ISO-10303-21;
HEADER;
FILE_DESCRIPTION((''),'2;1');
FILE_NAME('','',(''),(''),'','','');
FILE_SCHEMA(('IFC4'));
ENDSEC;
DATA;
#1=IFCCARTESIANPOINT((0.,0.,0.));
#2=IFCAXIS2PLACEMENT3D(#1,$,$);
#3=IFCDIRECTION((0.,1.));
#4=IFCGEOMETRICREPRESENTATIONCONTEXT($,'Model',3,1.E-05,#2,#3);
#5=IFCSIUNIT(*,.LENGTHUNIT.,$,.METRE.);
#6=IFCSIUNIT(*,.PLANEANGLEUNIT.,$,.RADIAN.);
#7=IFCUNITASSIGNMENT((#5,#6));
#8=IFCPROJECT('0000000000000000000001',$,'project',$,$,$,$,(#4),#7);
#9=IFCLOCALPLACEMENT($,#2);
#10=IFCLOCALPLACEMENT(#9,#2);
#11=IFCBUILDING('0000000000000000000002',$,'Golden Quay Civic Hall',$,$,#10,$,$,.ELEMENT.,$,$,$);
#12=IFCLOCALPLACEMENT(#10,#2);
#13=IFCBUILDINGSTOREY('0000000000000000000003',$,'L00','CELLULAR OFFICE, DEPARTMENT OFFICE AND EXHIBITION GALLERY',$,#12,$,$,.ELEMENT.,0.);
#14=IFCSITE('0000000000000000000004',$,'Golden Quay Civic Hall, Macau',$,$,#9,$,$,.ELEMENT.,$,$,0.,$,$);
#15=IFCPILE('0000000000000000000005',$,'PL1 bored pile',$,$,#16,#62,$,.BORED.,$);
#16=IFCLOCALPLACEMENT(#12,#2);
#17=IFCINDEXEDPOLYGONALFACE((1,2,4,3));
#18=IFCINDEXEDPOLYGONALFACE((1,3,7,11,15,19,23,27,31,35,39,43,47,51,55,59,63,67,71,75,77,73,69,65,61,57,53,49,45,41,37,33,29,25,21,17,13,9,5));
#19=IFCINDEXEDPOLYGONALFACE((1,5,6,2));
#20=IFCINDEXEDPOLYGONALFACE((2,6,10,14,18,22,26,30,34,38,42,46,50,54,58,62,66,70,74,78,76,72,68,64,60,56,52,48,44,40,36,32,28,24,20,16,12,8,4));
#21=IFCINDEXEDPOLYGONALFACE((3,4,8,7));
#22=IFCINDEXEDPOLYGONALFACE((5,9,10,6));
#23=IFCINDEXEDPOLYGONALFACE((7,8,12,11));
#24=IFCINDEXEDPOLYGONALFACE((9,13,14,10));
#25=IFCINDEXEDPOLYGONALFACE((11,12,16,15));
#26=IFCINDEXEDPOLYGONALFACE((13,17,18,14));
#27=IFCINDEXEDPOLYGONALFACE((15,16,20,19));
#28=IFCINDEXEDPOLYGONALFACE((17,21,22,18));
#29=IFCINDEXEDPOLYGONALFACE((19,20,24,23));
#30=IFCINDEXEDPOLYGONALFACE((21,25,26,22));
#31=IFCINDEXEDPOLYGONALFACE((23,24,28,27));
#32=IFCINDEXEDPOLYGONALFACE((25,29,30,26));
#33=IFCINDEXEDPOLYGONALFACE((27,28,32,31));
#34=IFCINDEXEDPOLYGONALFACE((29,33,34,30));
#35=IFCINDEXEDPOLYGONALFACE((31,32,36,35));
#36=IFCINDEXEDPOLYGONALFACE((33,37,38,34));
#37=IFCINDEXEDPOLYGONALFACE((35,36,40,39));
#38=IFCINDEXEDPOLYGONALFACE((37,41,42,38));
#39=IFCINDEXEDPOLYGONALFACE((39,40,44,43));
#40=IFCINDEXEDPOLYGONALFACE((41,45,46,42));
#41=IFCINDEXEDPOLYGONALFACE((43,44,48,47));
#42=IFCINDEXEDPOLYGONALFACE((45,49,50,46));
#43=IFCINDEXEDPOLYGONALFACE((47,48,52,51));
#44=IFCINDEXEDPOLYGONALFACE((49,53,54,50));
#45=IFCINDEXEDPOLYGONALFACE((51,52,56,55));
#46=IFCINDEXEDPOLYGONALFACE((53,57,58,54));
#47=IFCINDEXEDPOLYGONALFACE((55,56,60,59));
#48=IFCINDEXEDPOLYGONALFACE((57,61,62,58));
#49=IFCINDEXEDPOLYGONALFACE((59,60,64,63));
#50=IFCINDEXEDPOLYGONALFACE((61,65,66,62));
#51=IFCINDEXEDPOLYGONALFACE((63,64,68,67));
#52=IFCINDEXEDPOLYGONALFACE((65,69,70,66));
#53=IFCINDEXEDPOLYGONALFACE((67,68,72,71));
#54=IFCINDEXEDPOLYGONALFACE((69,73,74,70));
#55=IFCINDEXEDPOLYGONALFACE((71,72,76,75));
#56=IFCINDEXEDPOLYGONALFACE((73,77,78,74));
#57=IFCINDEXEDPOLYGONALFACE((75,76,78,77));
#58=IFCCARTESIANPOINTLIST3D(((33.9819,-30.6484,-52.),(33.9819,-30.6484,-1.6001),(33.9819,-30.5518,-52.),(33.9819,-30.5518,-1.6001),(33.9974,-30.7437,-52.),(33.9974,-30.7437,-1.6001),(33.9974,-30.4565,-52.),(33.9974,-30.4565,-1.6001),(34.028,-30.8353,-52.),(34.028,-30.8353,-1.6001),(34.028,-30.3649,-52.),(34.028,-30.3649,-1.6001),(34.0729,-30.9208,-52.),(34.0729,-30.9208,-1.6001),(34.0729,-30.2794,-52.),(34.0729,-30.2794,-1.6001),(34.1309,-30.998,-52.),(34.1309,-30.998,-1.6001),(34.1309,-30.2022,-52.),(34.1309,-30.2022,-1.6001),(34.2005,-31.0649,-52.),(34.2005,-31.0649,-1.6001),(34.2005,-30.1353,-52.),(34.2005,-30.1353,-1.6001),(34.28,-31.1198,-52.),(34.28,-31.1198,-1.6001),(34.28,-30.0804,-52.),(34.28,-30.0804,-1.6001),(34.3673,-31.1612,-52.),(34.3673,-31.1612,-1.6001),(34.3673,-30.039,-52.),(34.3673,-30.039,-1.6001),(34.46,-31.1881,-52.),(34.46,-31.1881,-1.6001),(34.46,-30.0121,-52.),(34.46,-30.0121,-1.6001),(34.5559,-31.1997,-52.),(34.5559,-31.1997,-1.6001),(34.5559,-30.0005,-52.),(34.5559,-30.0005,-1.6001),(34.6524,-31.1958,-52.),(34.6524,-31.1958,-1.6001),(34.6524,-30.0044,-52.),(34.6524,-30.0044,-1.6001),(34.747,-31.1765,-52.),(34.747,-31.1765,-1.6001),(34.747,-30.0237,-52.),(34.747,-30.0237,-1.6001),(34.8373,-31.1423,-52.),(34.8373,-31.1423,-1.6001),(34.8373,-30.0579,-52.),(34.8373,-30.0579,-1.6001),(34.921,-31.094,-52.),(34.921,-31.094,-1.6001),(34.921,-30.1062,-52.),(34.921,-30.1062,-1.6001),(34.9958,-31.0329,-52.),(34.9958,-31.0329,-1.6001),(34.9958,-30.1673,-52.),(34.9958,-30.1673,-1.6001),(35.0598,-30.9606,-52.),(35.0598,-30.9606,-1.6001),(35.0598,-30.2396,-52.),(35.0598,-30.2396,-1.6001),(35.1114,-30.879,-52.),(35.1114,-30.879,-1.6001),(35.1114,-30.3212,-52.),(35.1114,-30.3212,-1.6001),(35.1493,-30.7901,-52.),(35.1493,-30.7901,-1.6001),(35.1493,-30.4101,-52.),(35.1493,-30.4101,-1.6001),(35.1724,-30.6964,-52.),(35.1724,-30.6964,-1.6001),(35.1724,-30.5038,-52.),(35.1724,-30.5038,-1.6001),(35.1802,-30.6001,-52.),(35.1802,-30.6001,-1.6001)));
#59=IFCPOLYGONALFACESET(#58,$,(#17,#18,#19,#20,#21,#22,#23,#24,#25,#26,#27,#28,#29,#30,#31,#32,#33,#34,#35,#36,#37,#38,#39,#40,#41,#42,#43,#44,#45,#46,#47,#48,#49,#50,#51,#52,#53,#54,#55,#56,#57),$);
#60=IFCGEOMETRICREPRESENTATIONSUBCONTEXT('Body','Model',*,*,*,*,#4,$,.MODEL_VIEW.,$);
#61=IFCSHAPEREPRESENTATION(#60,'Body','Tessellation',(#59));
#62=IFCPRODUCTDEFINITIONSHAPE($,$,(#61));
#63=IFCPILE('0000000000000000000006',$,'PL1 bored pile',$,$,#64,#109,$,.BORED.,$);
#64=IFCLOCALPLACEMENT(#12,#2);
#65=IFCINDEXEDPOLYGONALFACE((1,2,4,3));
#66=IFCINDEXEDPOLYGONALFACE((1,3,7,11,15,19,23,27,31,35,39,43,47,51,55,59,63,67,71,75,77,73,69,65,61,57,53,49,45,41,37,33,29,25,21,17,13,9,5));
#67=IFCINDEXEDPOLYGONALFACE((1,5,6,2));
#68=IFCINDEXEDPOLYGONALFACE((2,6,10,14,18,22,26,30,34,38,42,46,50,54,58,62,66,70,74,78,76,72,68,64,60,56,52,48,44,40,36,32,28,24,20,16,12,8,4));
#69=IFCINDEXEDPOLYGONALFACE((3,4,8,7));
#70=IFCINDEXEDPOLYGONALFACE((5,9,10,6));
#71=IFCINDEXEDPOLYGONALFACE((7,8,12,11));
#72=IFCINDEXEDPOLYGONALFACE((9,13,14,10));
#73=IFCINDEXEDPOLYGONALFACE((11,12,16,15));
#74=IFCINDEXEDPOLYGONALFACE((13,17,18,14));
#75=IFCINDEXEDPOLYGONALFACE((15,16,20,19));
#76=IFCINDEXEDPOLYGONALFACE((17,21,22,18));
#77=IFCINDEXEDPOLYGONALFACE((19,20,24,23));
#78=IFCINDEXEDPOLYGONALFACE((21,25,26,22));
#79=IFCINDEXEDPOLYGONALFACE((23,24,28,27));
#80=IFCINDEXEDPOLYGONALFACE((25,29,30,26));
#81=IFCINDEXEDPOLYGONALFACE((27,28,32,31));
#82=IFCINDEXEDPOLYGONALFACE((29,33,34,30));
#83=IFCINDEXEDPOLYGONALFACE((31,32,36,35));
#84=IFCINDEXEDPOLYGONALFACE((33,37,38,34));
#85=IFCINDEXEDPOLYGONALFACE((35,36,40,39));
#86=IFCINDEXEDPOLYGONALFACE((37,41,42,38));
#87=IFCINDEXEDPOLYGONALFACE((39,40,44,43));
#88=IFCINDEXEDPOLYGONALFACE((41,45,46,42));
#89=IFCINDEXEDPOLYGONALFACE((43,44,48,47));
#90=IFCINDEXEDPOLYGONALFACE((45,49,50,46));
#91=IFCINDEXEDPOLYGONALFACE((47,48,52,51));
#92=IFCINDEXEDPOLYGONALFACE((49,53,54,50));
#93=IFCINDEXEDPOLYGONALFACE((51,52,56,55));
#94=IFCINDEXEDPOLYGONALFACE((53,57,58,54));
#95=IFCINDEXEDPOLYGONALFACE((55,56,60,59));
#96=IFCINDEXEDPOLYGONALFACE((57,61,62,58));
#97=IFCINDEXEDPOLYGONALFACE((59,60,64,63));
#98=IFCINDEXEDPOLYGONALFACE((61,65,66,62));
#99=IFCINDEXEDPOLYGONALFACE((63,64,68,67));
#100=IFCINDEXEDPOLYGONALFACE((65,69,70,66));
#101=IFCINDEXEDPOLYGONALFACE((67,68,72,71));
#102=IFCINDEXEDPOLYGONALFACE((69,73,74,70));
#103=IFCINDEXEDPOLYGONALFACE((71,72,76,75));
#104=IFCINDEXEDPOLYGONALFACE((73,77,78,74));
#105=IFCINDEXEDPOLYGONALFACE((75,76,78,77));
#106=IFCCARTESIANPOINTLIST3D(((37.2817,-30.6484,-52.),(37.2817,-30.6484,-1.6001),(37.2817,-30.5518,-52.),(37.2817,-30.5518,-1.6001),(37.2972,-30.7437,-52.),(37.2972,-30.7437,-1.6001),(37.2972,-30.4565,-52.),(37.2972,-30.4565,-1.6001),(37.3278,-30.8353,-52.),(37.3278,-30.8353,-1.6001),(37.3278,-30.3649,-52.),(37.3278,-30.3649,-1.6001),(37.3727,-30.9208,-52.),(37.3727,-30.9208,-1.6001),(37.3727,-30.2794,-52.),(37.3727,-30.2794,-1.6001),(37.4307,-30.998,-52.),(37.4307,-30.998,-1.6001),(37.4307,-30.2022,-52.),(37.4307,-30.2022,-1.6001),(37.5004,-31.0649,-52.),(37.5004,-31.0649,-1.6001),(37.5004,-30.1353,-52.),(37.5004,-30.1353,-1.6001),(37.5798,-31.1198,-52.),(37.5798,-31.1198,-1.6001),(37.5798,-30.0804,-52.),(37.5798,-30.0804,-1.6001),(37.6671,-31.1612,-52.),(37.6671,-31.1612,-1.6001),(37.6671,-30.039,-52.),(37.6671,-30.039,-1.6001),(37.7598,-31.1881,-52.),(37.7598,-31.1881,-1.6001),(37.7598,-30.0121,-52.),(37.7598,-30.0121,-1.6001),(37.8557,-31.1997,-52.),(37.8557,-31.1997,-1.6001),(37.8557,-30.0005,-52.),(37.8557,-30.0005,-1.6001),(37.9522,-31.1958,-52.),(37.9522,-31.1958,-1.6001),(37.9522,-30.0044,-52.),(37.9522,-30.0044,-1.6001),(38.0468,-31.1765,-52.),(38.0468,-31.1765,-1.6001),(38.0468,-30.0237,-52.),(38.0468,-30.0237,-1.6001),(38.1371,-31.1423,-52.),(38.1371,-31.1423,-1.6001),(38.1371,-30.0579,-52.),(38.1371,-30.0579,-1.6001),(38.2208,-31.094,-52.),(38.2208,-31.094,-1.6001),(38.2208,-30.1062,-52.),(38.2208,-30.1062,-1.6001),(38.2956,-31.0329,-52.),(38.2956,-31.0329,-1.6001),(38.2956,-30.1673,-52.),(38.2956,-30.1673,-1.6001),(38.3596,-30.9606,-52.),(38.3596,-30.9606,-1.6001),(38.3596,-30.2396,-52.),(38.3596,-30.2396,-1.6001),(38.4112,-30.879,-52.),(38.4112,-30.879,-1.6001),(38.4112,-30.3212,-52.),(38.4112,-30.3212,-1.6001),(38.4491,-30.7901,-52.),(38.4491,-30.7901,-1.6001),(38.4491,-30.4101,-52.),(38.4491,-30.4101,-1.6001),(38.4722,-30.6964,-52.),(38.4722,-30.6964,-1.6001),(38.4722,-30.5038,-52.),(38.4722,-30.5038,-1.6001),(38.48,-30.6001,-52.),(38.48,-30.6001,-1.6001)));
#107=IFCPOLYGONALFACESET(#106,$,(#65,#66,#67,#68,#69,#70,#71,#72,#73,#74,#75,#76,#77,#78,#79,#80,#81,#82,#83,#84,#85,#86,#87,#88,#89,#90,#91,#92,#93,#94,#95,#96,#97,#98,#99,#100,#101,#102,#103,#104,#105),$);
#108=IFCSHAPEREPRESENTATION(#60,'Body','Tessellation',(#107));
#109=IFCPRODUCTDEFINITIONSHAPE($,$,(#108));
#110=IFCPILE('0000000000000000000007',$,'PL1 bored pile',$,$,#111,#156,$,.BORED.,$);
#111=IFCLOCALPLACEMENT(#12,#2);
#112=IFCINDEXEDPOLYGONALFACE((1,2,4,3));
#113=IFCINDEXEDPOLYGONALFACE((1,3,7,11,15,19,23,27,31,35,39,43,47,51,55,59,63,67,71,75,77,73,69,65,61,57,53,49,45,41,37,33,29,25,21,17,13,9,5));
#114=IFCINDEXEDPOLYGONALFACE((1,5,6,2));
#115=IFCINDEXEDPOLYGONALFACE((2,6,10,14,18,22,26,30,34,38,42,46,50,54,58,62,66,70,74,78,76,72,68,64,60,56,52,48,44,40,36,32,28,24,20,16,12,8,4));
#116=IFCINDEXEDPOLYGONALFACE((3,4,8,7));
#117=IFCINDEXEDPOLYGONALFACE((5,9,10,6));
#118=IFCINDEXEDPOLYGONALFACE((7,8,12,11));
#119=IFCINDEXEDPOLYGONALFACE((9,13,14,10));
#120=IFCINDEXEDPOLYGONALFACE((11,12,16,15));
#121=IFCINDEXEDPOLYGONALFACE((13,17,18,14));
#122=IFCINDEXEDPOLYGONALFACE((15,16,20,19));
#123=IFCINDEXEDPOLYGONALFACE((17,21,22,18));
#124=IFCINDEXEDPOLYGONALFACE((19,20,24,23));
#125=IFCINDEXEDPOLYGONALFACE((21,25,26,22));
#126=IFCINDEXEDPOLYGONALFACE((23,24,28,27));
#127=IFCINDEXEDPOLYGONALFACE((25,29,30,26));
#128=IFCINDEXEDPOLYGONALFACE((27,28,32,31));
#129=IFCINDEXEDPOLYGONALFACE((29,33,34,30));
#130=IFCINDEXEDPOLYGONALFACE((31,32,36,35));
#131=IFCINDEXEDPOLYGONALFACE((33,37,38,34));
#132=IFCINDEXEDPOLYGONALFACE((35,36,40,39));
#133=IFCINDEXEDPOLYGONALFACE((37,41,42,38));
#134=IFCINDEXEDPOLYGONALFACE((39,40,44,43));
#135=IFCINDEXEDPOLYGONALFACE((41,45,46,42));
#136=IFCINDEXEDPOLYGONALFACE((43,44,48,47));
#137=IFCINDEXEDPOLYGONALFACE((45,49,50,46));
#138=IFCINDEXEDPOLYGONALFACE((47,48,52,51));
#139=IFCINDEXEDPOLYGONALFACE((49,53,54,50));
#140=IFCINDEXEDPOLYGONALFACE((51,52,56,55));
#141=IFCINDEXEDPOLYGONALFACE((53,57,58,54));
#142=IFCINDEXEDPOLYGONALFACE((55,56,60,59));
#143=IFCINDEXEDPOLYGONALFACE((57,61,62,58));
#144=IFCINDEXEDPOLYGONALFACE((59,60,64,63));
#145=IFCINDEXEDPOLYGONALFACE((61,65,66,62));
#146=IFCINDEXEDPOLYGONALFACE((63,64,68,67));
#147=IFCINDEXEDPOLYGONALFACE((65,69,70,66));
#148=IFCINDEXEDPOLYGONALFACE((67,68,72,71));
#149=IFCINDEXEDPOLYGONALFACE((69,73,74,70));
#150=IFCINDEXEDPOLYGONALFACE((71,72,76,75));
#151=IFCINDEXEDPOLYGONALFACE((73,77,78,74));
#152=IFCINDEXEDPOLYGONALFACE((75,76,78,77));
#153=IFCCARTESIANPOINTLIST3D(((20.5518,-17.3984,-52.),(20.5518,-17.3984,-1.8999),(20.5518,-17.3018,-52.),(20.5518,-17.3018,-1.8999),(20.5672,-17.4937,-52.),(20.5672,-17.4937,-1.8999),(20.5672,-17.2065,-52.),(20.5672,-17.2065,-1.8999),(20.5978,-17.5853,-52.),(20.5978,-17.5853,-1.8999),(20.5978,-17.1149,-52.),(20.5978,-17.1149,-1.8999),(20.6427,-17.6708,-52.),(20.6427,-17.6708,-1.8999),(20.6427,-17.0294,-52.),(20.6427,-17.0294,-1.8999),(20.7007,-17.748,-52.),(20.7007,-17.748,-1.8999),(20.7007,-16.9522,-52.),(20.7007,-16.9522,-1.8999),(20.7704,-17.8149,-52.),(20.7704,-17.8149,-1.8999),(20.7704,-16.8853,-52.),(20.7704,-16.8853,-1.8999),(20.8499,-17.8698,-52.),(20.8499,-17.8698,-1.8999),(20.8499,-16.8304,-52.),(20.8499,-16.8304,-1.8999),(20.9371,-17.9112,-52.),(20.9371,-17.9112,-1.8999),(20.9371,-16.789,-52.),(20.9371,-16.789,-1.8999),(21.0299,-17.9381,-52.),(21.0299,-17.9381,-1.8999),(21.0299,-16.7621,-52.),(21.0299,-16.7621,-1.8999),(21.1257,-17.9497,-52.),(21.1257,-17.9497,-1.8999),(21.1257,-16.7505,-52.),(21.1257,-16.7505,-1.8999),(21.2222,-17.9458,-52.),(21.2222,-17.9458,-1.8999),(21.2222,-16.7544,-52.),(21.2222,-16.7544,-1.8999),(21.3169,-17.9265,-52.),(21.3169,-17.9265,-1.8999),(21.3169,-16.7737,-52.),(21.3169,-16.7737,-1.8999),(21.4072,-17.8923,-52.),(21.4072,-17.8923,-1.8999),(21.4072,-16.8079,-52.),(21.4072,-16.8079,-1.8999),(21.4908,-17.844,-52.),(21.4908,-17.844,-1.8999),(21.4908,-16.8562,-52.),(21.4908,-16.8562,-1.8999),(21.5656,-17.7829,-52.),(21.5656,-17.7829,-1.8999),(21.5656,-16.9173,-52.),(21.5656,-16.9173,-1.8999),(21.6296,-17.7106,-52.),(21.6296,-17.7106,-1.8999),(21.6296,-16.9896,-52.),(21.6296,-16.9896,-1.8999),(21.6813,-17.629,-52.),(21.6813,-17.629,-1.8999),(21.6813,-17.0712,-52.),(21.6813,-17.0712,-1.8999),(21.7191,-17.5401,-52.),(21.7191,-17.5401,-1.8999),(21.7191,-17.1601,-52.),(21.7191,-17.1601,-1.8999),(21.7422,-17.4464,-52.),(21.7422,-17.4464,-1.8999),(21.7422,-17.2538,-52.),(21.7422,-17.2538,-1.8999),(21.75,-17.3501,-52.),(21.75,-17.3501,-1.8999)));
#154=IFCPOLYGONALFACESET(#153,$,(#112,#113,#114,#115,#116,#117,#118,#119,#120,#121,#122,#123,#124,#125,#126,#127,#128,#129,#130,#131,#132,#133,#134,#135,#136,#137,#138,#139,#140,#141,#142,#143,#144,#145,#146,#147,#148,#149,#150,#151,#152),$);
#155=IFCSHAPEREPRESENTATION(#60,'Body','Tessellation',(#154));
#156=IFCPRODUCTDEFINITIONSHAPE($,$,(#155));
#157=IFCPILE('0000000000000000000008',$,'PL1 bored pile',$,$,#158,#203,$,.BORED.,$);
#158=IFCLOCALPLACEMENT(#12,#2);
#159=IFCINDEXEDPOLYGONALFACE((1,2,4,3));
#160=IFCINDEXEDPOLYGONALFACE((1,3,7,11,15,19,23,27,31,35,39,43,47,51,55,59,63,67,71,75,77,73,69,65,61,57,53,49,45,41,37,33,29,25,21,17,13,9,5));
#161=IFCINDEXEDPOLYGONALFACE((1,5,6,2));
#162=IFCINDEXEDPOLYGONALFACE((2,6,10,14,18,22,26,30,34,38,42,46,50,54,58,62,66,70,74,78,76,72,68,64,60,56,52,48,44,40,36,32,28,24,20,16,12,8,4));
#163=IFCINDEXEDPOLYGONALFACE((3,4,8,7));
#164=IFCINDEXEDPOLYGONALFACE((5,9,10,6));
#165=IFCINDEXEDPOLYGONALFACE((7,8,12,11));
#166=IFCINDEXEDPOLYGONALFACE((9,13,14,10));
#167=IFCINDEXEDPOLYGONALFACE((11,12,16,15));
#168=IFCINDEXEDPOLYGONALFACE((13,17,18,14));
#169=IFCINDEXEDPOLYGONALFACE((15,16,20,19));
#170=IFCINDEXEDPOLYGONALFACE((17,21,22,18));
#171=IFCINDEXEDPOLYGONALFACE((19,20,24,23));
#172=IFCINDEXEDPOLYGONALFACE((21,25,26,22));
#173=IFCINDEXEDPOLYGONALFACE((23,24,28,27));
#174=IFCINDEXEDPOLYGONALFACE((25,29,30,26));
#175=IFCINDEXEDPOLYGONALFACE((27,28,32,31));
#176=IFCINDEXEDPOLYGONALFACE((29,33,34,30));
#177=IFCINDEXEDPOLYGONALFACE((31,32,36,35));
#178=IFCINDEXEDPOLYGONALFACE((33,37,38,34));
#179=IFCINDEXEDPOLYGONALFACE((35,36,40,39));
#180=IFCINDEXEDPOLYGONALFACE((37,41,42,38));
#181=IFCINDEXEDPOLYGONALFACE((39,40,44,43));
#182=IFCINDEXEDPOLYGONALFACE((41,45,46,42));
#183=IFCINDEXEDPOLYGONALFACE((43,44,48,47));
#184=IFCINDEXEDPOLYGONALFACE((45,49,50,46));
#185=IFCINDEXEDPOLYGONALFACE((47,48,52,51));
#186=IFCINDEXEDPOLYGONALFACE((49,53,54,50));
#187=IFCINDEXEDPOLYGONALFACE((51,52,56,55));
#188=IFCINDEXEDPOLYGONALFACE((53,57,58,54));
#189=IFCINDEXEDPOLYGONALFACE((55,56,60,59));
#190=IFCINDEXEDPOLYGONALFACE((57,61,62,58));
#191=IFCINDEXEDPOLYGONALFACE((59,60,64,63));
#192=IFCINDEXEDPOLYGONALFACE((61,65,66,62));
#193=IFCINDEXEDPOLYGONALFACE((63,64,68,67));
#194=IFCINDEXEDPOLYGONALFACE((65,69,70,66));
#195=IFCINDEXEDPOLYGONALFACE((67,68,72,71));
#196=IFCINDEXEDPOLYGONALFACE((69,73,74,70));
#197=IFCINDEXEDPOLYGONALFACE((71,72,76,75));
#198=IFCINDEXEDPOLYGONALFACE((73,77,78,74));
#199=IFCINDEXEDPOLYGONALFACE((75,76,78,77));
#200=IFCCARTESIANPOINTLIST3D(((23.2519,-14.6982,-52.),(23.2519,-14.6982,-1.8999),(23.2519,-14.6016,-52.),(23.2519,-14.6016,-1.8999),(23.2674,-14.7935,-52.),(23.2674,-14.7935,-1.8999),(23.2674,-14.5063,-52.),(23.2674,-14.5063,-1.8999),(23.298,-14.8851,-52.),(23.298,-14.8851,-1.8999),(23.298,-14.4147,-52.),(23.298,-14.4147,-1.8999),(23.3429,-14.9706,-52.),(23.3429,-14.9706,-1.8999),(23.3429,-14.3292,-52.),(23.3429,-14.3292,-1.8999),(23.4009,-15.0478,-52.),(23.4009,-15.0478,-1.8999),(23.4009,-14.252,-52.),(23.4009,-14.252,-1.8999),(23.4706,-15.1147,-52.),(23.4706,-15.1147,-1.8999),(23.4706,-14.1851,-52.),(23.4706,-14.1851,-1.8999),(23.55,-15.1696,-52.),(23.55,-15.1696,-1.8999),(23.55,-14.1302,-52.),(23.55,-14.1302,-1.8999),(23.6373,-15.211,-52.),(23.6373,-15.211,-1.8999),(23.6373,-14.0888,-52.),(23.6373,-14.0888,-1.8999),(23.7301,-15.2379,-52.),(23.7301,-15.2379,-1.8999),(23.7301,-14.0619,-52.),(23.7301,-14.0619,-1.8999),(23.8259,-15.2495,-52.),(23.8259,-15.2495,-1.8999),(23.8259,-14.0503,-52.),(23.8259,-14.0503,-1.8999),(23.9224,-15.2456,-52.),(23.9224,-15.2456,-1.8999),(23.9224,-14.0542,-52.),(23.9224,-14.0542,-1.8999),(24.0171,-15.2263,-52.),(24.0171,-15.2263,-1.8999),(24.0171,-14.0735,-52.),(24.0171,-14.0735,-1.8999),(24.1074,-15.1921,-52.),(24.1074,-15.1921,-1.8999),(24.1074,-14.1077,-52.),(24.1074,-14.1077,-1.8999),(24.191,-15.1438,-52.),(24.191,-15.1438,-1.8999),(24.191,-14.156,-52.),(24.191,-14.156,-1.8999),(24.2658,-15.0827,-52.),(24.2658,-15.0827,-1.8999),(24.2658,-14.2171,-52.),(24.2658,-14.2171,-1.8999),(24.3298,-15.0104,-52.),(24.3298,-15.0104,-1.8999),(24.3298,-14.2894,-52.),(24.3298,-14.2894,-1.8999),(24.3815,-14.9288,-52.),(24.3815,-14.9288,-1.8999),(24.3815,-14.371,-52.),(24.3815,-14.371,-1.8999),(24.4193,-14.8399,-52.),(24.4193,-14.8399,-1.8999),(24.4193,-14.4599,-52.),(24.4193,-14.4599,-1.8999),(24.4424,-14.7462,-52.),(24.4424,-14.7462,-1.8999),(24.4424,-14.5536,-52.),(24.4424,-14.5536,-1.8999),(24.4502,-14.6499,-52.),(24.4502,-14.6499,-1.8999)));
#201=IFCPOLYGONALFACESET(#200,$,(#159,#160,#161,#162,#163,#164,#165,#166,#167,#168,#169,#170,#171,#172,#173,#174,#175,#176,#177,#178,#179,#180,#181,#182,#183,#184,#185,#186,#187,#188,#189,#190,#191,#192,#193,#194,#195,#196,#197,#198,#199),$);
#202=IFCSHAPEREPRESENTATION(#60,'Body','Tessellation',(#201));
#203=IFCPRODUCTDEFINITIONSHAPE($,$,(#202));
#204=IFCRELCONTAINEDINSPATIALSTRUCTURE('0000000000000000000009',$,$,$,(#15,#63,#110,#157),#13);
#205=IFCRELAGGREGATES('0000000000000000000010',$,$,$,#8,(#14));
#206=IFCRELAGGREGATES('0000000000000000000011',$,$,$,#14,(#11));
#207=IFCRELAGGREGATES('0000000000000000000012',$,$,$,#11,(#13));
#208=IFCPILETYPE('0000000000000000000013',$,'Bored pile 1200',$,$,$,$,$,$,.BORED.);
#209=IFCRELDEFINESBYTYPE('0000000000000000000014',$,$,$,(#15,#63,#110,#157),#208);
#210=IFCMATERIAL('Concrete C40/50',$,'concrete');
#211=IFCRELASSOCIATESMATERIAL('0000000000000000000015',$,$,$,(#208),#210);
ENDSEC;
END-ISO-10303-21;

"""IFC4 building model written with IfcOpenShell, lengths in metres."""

from ifc_helpers import new_model, si_unit, direction, frame, origin, origin_2d, place, context, subcontext, project, spatial, circle, extrude, material, material_profile, profile_set, type_object, element, save


model = new_model("IFC4")

# Units and contexts
model_context = context("Model", 3, precision=1e-05, world=origin(), true_north=direction((0.0, 1.0)))
body_context = subcontext(model_context, "Body", "Model", "MODEL_VIEW")
ifc_project = project(units=[si_unit("LENGTHUNIT", "METRE"), si_unit("PLANEANGLEUNIT", "RADIAN")], contexts=[model_context])

# Site, building, storey
site_placement = place(None, origin())
site = spatial("IfcSite", under=ifc_project, at=site_placement, Name="Golden Quay Civic Hall, Macau", CompositionType="ELEMENT", RefElevation=0.0)
building_placement = place(site_placement, origin())
building = spatial("IfcBuilding", under=site, at=building_placement, Name="Golden Quay Civic Hall", CompositionType="ELEMENT")
storey_placement = place(building_placement, origin())
storey = spatial("IfcBuildingStorey", under=building, at=storey_placement, Name="L00", Description="CELLULAR OFFICE, DEPARTMENT OFFICE AND EXHIBITION GALLERY", CompositionType="ELEMENT", Elevation=0.0)

# Piles
ifc_material_1 = material(Name="Concrete C40/50", Category="concrete")
ifc_material_profile_1 = material_profile(ifc_material_1, circle(Radius=0.6001, at=origin_2d()), Name="RC D1200")
ifc_profile_set_1 = profile_set([ifc_material_profile_1], Name="Concrete C40/50")
pile_type = type_object("IfcPileType", Name="Bored pile 1200", PredefinedType="BORED", material=ifc_profile_set_1)
for number, where, z_axis, x_axis, name in (
    (1, (34.5801, -30.6001, -1.6001), (0.0, 0.0, -1.0), (1.0, 0.0, 0.0), "PL1 bored pile"),
    (2, (37.8799, -30.6001, -1.6001), (0.0, 0.0, -1.0), (1.0, 0.0, 0.0), "PL1 bored pile"),
):
    element("IfcPile", number, at=place(storey_placement, frame(where, z_axis=z_axis, x_axis=x_axis)), inside=storey, type_object=pile_type, Name=name, PredefinedType="BORED", context=body_context, shape_type="SweptSolid", body=[
        extrude(circle(Radius=0.6001, at=origin_2d()), origin(), (0.0, 0.0, 1.0), 50.3999),
    ])
for number, where, z_axis, x_axis, name in (
    (3, (21.1499, -17.3501, -1.8999), (0.0, 0.0, -1.0), (1.0, 0.0, 0.0), "PL1 bored pile"),
    (4, (23.8501, -14.6499, -1.8999), (0.0, 0.0, -1.0), (1.0, 0.0, 0.0), "PL1 bored pile"),
):
    element("IfcPile", number, at=place(storey_placement, frame(where, z_axis=z_axis, x_axis=x_axis)), inside=storey, type_object=pile_type, Name=name, PredefinedType="BORED", context=body_context, shape_type="SweptSolid", body=[
        extrude(circle(Radius=0.6001, at=origin_2d()), origin(), (0.0, 0.0, 1.0), 50.1001),
    ])

save(model, "model.ifc")
